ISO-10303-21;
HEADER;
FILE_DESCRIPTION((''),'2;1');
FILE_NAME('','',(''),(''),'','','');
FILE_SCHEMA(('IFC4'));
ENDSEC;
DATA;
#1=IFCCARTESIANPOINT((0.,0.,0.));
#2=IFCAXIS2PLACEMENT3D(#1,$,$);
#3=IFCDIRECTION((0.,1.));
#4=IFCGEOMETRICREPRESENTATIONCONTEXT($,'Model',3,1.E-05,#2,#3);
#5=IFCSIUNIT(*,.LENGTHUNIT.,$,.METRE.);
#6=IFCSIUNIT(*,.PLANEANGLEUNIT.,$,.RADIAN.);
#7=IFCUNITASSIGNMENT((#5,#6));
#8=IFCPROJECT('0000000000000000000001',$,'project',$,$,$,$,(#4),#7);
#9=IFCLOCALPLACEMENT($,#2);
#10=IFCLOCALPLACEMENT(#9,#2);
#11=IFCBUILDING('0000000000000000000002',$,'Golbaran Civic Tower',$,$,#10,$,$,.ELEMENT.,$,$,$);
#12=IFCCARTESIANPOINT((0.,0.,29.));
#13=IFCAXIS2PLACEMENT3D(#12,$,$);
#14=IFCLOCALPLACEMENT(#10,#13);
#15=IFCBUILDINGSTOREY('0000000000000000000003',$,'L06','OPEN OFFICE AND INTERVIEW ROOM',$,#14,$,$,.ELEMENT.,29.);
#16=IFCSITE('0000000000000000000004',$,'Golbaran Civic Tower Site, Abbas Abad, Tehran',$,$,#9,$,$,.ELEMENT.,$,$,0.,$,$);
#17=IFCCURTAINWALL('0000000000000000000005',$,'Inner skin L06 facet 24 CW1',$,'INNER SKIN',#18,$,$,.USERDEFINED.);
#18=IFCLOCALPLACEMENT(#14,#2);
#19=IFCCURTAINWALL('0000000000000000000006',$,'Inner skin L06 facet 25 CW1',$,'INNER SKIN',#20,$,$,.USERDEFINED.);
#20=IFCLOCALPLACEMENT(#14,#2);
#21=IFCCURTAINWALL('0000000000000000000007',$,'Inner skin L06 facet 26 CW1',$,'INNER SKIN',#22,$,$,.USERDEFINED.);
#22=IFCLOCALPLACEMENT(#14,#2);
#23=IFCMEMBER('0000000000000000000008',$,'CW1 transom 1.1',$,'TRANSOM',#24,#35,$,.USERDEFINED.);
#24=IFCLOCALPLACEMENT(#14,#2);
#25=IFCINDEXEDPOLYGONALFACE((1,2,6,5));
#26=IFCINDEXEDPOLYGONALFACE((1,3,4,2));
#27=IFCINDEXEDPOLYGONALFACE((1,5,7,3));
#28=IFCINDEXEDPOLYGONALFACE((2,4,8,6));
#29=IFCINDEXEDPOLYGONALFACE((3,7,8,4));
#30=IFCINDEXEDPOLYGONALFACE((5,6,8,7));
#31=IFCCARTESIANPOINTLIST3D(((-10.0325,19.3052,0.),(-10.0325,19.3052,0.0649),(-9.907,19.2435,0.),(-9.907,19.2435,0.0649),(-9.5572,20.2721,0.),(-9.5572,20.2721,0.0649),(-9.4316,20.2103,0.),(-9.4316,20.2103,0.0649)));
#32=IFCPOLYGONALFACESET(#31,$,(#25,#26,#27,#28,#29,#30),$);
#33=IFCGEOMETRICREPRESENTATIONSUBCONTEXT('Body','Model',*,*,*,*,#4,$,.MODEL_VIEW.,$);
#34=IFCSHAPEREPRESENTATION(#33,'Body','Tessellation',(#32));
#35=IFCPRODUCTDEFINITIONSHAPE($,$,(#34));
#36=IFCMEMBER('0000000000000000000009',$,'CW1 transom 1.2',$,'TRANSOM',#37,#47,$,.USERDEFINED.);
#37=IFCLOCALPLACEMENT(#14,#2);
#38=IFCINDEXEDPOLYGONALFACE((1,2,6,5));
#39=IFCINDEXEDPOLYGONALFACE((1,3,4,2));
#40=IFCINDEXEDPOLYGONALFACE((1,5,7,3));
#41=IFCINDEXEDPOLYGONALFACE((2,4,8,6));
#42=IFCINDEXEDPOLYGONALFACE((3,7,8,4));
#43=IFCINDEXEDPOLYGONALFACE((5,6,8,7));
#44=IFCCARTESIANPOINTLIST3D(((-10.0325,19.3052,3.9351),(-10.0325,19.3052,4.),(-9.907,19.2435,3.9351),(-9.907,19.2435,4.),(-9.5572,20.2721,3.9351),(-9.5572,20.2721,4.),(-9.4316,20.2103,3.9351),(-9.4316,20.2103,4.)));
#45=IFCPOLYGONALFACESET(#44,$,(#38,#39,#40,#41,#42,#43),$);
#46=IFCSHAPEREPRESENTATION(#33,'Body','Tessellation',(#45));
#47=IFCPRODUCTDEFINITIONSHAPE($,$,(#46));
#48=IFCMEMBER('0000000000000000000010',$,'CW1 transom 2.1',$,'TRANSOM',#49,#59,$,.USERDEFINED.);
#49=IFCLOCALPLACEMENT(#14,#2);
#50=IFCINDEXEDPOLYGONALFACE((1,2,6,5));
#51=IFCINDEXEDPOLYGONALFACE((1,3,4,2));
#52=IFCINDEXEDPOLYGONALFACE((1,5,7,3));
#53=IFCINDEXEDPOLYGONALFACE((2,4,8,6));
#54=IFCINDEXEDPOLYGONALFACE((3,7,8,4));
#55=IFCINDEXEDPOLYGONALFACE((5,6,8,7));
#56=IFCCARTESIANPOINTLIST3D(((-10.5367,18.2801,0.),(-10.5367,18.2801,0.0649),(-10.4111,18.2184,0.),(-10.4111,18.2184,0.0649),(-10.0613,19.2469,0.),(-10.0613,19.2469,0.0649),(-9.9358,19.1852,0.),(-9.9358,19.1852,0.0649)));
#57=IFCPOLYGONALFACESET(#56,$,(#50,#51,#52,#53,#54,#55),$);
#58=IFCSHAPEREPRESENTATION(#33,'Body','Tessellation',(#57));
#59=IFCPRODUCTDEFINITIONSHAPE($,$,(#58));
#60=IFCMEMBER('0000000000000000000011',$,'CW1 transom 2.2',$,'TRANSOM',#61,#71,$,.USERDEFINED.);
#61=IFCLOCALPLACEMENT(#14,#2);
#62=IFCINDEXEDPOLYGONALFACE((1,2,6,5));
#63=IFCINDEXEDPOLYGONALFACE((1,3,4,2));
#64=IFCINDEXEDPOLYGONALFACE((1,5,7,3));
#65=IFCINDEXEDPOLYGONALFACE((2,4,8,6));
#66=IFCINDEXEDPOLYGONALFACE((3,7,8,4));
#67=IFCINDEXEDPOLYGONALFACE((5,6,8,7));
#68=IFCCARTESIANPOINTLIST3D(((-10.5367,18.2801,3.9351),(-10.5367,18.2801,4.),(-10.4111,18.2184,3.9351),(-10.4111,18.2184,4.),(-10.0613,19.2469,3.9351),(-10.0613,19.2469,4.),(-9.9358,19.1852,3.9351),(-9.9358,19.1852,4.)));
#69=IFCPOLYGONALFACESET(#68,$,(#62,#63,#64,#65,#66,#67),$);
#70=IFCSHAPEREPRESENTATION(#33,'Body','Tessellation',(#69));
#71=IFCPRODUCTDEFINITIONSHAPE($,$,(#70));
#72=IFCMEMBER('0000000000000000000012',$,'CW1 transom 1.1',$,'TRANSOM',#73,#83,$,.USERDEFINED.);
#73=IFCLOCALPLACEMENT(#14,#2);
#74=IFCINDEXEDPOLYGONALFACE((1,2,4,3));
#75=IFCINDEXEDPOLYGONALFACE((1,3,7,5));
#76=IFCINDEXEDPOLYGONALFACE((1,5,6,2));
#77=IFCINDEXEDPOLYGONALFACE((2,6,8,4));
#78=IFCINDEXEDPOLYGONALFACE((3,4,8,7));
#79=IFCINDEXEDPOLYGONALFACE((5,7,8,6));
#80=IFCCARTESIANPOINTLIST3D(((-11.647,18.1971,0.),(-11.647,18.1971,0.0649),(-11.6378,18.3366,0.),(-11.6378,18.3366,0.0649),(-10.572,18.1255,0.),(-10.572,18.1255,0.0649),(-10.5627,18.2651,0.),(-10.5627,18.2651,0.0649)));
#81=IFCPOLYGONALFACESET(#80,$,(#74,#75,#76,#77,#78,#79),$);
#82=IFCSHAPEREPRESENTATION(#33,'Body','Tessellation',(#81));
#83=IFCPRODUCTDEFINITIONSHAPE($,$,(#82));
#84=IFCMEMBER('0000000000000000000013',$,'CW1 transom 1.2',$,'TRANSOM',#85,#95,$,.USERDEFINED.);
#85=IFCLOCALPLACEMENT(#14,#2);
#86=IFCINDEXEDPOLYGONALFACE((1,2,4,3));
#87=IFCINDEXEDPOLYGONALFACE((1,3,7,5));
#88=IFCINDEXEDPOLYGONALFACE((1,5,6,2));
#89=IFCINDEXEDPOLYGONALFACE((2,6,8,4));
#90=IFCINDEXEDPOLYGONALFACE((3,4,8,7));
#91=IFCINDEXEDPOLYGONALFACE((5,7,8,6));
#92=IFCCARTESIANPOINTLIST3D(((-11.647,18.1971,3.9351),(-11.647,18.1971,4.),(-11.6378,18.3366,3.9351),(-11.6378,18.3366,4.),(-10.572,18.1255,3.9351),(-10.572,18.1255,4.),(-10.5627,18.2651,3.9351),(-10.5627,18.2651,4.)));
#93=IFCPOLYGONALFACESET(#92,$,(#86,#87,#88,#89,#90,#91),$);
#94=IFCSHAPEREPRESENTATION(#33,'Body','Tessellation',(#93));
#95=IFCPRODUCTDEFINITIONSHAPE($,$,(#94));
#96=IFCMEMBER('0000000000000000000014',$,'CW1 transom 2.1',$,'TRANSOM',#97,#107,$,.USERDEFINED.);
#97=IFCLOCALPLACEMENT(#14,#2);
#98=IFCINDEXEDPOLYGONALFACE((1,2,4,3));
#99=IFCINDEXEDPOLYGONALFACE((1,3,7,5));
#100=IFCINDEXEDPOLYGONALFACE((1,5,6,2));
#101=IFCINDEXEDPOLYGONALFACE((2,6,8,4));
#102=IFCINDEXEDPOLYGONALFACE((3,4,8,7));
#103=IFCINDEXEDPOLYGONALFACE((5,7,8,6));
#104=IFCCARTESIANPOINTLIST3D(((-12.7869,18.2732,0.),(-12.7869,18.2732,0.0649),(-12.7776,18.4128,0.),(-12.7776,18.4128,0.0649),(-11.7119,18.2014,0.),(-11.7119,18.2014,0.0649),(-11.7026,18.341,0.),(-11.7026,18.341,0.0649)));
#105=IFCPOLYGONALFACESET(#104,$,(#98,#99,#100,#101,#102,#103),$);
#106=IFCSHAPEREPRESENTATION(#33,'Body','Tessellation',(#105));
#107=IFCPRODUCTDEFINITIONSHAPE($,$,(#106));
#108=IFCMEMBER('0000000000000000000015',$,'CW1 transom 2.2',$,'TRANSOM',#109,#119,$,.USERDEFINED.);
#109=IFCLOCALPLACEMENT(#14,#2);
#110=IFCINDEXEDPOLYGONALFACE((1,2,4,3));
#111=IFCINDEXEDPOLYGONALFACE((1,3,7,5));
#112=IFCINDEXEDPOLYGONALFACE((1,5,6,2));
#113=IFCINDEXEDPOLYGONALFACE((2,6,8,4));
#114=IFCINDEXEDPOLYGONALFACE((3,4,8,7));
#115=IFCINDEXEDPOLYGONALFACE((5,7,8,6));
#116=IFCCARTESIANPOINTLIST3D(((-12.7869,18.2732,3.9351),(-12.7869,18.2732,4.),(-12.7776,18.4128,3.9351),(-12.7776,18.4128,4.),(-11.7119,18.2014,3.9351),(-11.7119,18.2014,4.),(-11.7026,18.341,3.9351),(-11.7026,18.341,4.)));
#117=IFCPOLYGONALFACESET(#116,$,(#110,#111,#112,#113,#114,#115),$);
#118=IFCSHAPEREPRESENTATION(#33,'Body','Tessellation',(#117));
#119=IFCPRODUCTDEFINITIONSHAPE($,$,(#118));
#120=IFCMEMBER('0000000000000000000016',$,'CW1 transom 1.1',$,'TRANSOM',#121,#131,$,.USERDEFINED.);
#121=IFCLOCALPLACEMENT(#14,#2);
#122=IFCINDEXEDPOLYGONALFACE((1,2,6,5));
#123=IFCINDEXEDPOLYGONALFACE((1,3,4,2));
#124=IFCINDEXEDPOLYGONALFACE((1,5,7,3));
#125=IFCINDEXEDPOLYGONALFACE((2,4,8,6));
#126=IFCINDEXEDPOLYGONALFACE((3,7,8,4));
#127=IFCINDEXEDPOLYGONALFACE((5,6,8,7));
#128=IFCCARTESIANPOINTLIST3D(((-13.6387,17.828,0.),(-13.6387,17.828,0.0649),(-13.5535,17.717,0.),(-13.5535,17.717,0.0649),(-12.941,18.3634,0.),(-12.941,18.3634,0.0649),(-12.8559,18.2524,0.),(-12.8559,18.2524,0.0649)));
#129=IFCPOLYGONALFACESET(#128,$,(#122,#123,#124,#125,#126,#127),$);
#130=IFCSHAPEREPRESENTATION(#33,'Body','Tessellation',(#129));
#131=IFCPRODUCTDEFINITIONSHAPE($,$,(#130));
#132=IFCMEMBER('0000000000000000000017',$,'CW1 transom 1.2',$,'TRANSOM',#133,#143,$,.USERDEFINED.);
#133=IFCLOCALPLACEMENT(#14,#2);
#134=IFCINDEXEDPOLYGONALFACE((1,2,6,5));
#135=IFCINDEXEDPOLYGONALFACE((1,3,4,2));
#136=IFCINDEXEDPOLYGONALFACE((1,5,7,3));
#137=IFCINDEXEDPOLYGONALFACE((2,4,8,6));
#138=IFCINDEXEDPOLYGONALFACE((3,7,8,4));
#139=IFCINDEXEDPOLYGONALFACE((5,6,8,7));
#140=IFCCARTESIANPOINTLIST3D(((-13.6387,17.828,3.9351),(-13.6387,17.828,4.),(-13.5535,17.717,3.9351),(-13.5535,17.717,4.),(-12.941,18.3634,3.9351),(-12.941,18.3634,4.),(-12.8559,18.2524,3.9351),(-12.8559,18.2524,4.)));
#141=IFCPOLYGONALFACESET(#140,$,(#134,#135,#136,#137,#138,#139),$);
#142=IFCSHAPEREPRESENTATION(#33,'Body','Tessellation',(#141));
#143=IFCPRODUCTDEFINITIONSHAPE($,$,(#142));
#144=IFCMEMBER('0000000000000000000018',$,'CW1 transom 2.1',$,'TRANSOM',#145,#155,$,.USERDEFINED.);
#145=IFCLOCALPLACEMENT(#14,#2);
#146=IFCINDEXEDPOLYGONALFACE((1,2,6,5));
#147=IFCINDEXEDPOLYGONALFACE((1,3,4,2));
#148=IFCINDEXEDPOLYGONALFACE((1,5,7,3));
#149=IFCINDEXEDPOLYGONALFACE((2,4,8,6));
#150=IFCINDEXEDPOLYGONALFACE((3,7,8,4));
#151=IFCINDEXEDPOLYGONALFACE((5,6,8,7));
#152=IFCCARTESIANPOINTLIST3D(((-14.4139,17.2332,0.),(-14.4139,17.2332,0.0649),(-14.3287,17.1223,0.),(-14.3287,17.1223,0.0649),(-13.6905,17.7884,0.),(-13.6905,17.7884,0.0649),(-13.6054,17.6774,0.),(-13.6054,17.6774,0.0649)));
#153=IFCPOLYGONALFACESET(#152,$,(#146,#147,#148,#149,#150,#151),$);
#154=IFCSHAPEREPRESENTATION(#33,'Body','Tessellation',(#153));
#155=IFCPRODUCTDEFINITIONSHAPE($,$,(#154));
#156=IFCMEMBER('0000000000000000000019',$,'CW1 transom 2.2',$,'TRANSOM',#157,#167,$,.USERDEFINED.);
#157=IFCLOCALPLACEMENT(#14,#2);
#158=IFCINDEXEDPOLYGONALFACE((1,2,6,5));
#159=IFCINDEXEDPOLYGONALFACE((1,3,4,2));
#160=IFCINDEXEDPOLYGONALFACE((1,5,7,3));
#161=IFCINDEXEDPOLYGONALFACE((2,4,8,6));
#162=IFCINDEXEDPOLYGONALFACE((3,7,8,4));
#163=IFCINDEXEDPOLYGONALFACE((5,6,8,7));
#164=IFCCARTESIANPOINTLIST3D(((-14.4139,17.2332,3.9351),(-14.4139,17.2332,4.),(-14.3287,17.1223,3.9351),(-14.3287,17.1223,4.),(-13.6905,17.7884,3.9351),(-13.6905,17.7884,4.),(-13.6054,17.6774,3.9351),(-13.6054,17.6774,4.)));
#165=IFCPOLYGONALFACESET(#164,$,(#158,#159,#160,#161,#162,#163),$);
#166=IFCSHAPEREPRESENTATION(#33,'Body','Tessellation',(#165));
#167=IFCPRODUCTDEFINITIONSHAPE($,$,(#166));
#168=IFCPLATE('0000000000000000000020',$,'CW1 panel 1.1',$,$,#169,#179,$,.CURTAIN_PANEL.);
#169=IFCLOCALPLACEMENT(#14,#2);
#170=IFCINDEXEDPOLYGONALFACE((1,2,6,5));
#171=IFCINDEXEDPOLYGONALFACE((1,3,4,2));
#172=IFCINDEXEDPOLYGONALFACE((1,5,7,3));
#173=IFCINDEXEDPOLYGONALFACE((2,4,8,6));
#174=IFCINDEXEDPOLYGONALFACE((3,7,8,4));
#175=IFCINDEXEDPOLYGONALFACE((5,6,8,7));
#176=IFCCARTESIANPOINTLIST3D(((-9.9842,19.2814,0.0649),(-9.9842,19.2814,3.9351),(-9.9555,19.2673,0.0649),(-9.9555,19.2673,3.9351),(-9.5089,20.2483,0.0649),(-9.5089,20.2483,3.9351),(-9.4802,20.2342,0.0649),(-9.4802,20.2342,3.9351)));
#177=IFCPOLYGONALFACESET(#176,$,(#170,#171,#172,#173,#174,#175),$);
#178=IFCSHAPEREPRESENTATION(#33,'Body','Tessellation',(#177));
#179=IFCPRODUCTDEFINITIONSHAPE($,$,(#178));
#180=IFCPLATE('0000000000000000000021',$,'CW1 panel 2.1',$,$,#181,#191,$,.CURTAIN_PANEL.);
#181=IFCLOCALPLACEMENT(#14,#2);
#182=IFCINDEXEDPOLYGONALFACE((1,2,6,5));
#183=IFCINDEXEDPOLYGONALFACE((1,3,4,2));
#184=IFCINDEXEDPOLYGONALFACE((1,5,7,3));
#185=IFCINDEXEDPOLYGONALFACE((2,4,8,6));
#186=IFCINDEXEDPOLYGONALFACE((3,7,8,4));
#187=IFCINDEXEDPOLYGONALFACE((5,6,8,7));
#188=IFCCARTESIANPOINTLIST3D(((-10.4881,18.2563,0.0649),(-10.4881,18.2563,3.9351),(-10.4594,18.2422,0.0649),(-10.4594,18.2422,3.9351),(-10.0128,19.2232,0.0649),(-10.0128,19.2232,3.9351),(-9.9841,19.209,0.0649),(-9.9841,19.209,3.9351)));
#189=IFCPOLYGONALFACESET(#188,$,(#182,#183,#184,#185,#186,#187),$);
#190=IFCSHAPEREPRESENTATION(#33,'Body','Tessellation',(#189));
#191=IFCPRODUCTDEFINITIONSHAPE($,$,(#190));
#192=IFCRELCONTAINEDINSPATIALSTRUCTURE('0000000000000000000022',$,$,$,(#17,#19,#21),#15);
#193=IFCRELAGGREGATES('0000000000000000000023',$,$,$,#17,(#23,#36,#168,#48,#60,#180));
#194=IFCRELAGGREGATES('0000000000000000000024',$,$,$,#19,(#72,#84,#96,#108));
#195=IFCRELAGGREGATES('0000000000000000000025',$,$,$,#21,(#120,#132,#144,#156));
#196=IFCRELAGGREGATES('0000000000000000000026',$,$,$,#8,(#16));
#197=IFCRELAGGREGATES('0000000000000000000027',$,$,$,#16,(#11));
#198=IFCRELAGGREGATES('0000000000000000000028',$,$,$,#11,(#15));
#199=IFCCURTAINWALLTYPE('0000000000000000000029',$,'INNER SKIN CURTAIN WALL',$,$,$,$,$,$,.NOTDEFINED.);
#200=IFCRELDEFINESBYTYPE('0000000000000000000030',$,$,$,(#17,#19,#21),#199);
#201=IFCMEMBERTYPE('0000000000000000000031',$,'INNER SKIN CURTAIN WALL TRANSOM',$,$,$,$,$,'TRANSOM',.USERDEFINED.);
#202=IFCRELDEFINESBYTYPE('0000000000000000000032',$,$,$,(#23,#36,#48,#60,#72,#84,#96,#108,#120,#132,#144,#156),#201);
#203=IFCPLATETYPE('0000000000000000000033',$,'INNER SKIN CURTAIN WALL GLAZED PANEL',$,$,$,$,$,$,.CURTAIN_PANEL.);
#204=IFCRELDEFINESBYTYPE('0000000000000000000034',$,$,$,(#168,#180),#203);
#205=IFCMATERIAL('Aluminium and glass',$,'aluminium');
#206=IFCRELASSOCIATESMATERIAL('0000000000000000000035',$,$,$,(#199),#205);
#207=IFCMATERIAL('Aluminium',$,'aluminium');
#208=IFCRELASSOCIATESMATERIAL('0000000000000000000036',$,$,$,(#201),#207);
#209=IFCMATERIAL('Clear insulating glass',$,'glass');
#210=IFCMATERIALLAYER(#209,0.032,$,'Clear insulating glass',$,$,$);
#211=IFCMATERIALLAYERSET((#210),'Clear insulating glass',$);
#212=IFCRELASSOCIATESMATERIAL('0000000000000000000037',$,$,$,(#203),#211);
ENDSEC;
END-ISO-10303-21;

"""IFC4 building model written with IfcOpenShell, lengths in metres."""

from ifc_helpers import new_model, si_unit, direction, frame, origin, origin_2d, place, context, subcontext, project, spatial, rectangle, extrude, material, layer, layer_set, material_profile, profile_set, type_object, element, aggregate, save


model = new_model("IFC4")

# Units and contexts
model_context = context("Model", 3, precision=1e-05, world=origin(), true_north=direction((0.0, 1.0)))
body_context = subcontext(model_context, "Body", "Model", "MODEL_VIEW")
ifc_project = project(units=[si_unit("LENGTHUNIT", "METRE"), si_unit("PLANEANGLEUNIT", "RADIAN")], contexts=[model_context])

# Site, building, storey
site_placement = place(None, origin())
site = spatial("IfcSite", under=ifc_project, at=site_placement, Name="Golbaran Civic Tower Site, Abbas Abad, Tehran", CompositionType="ELEMENT", RefElevation=0.0)
building_placement = place(site_placement, origin())
building = spatial("IfcBuilding", under=site, at=building_placement, Name="Golbaran Civic Tower", CompositionType="ELEMENT")
storey_placement = place(building_placement, frame((0.0, 0.0, 29.0)))
storey = spatial("IfcBuildingStorey", under=building, at=storey_placement, Name="L06", Description="OPEN OFFICE AND INTERVIEW ROOM", CompositionType="ELEMENT", Elevation=29.0)

# Curtain walls
ifc_material_1 = material(Name="Aluminium and glass", Category="aluminium")
curtain_wall_type = type_object("IfcCurtainWallType", Name="INNER SKIN CURTAIN WALL", PredefinedType="NOTDEFINED", material=ifc_material_1)
curtain_wall_1_placement = place(storey_placement, origin())
curtain_wall_1 = element("IfcCurtainWall", 1, at=curtain_wall_1_placement, inside=storey, type_object=curtain_wall_type, Name="Inner skin L06 facet 24 CW1", ObjectType="INNER SKIN", PredefinedType="USERDEFINED")
ifc_material_2 = material(Name="Aluminium", Category="aluminium")
curtain_wall_2_placement = place(storey_placement, origin())
curtain_wall_2 = element("IfcCurtainWall", 2, at=curtain_wall_2_placement, inside=storey, type_object=curtain_wall_type, Name="Inner skin L06 facet 25 CW1", ObjectType="INNER SKIN", PredefinedType="USERDEFINED")
curtain_wall_3_placement = place(storey_placement, origin())
curtain_wall_3 = element("IfcCurtainWall", 3, at=curtain_wall_3_placement, inside=storey, type_object=curtain_wall_type, Name="Inner skin L06 facet 26 CW1", ObjectType="INNER SKIN", PredefinedType="USERDEFINED")

# Members
ifc_material_profile_1 = material_profile(ifc_material_2, rectangle(XDim=0.1399, YDim=0.0649, at=origin_2d()), Name="INNER SKIN CURTAIN WALL TRANSOM")
ifc_profile_set_1 = profile_set([ifc_material_profile_1], Name="Aluminium")
member_type_1 = type_object("IfcMemberType", Name="INNER SKIN CURTAIN WALL TRANSOM", ElementType="TRANSOM", PredefinedType="USERDEFINED", material=ifc_profile_set_1)
member_1_placement = place(storey_placement, frame((-9.4944, 20.2412, 0.0325), z_axis=(-0.441221, -0.897399, 0.0), x_axis=(0.897399, -0.441221, 0.0)))
member_1 = element("IfcMember", 4, at=member_1_placement, type_object=member_type_1, Name="CW1 transom 1.1", ObjectType="TRANSOM", PredefinedType="USERDEFINED", context=body_context, shape_type="SweptSolid", body=[
    extrude(rectangle(XDim=0.1399, YDim=0.0649, at=origin_2d()), origin(), (0.0, 0.0, 1.0), 1.0774),
])
member_2_placement = place(storey_placement, frame((-9.4944, 20.2412, 3.9675), z_axis=(-0.441221, -0.897399, 0.0), x_axis=(0.897399, -0.441221, 0.0)))
member_2 = element("IfcMember", 5, at=member_2_placement, type_object=member_type_1, Name="CW1 transom 1.2", ObjectType="TRANSOM", PredefinedType="USERDEFINED", context=body_context, shape_type="SweptSolid", body=[
    extrude(rectangle(XDim=0.1399, YDim=0.0649, at=origin_2d()), origin(), (0.0, 0.0, 1.0), 1.0774),
])
member_3_placement = place(storey_placement, frame((-9.9985, 19.2161, 0.0325), z_axis=(-0.441221, -0.897399, 0.0), x_axis=(0.897399, -0.441221, 0.0)))
member_3 = element("IfcMember", 6, at=member_3_placement, type_object=member_type_1, Name="CW1 transom 2.1", ObjectType="TRANSOM", PredefinedType="USERDEFINED", context=body_context, shape_type="SweptSolid", body=[
    extrude(rectangle(XDim=0.1399, YDim=0.0649, at=origin_2d()), origin(), (0.0, 0.0, 1.0), 1.0774),
])
member_4_placement = place(storey_placement, frame((-9.9985, 19.2161, 3.9675), z_axis=(-0.441221, -0.897399, 0.0), x_axis=(0.897399, -0.441221, 0.0)))
member_4 = element("IfcMember", 7, at=member_4_placement, type_object=member_type_1, Name="CW1 transom 2.2", ObjectType="TRANSOM", PredefinedType="USERDEFINED", context=body_context, shape_type="SweptSolid", body=[
    extrude(rectangle(XDim=0.1399, YDim=0.0649, at=origin_2d()), origin(), (0.0, 0.0, 1.0), 1.0774),
])
member_5_placement = place(storey_placement, frame((-10.5674, 18.1953, 0.0325), z_axis=(-0.997793, 0.066399, 0.0), x_axis=(-0.066399, -0.997793, 0.0)))
member_5 = element("IfcMember", 8, at=member_5_placement, type_object=member_type_1, Name="CW1 transom 1.1", ObjectType="TRANSOM", PredefinedType="USERDEFINED", context=body_context, shape_type="SweptSolid", body=[
    extrude(rectangle(XDim=0.1399, YDim=0.0649, at=origin_2d()), origin(), (0.0, 0.0, 1.0), 1.0774),
])
member_6_placement = place(storey_placement, frame((-10.5674, 18.1953, 3.9675), z_axis=(-0.997793, 0.066399, 0.0), x_axis=(-0.066399, -0.997793, 0.0)))
member_6 = element("IfcMember", 9, at=member_6_placement, type_object=member_type_1, Name="CW1 transom 1.2", ObjectType="TRANSOM", PredefinedType="USERDEFINED", context=body_context, shape_type="SweptSolid", body=[
    extrude(rectangle(XDim=0.1399, YDim=0.0649, at=origin_2d()), origin(), (0.0, 0.0, 1.0), 1.0774),
])
member_7_placement = place(storey_placement, frame((-11.7073, 18.2712, 0.0325), z_axis=(-0.997778, 0.066624, 0.0), x_axis=(-0.066624, -0.997778, 0.0)))
member_7 = element("IfcMember", 10, at=member_7_placement, type_object=member_type_1, Name="CW1 transom 2.1", ObjectType="TRANSOM", PredefinedType="USERDEFINED", context=body_context, shape_type="SweptSolid", body=[
    extrude(rectangle(XDim=0.1399, YDim=0.0649, at=origin_2d()), origin(), (0.0, 0.0, 1.0), 1.0774),
])
member_8_placement = place(storey_placement, frame((-11.7073, 18.2712, 3.9675), z_axis=(-0.997778, 0.066624, 0.0), x_axis=(-0.066624, -0.997778, 0.0)))
member_8 = element("IfcMember", 11, at=member_8_placement, type_object=member_type_1, Name="CW1 transom 2.2", ObjectType="TRANSOM", PredefinedType="USERDEFINED", context=body_context, shape_type="SweptSolid", body=[
    extrude(rectangle(XDim=0.1399, YDim=0.0649, at=origin_2d()), origin(), (0.0, 0.0, 1.0), 1.0774),
])
member_9_placement = place(storey_placement, frame((-12.8984, 18.3079, 0.0325), z_axis=(-0.793356, -0.608758, 0.0), x_axis=(0.608758, -0.793356, 0.0)))
member_9 = element("IfcMember", 12, at=member_9_placement, type_object=member_type_1, Name="CW1 transom 1.1", ObjectType="TRANSOM", PredefinedType="USERDEFINED", context=body_context, shape_type="SweptSolid", body=[
    extrude(rectangle(XDim=0.1399, YDim=0.0649, at=origin_2d()), origin(), (0.0, 0.0, 1.0), 0.8794),
])
member_10_placement = place(storey_placement, frame((-12.8984, 18.3079, 3.9675), z_axis=(-0.793356, -0.608758, 0.0), x_axis=(0.608758, -0.793356, 0.0)))
member_10 = element("IfcMember", 13, at=member_10_placement, type_object=member_type_1, Name="CW1 transom 1.2", ObjectType="TRANSOM", PredefinedType="USERDEFINED", context=body_context, shape_type="SweptSolid", body=[
    extrude(rectangle(XDim=0.1399, YDim=0.0649, at=origin_2d()), origin(), (0.0, 0.0, 1.0), 0.8794),
])
member_11_placement = place(storey_placement, frame((-13.6479, 17.7329, 0.0325), z_axis=(-0.7933, -0.608831, 0.0), x_axis=(0.608831, -0.7933, 0.0)))
member_11 = element("IfcMember", 14, at=member_11_placement, type_object=member_type_1, Name="CW1 transom 2.1", ObjectType="TRANSOM", PredefinedType="USERDEFINED", context=body_context, shape_type="SweptSolid", body=[
    extrude(rectangle(XDim=0.1399, YDim=0.0649, at=origin_2d()), origin(), (0.0, 0.0, 1.0), 0.9119),
])
member_12_placement = place(storey_placement, frame((-13.6479, 17.7329, 3.9675), z_axis=(-0.7933, -0.608831, 0.0), x_axis=(0.608831, -0.7933, 0.0)))
member_12 = element("IfcMember", 15, at=member_12_placement, type_object=member_type_1, Name="CW1 transom 2.2", ObjectType="TRANSOM", PredefinedType="USERDEFINED", context=body_context, shape_type="SweptSolid", body=[
    extrude(rectangle(XDim=0.1399, YDim=0.0649, at=origin_2d()), origin(), (0.0, 0.0, 1.0), 0.9119),
])

# Plates
ifc_material_3 = material(Name="Clear insulating glass", Category="glass")
ifc_layer_1 = layer(ifc_material_3, 0.032, Name="Clear insulating glass")
ifc_layer_set_1 = layer_set([ifc_layer_1], Name="Clear insulating glass")
plate_type_1 = type_object("IfcPlateType", Name="INNER SKIN CURTAIN WALL GLAZED PANEL", PredefinedType="CURTAIN_PANEL", material=ifc_layer_set_1)
plate_1_placement = place(storey_placement, frame((-9.7322, 19.7578, 0.0649), z_axis=(0.0, 0.0, 1.0), x_axis=(-0.441207, -0.897405, 0.0)))
plate_1 = element("IfcPlate", 16, at=plate_1_placement, type_object=plate_type_1, Name="CW1 panel 1.1", PredefinedType="CURTAIN_PANEL", context=body_context, shape_type="SweptSolid", body=[
    extrude(rectangle(XDim=1.0774, YDim=0.032, at=origin_2d()), origin(), (0.0, 0.0, 1.0), 3.8701),
])
plate_2_placement = place(storey_placement, frame((-10.2361, 18.7327, 0.0649), z_axis=(0.0, 0.0, 1.0), x_axis=(-0.441207, -0.897405, 0.0)))
plate_2 = element("IfcPlate", 17, at=plate_2_placement, type_object=plate_type_1, Name="CW1 panel 2.1", PredefinedType="CURTAIN_PANEL", context=body_context, shape_type="SweptSolid", body=[
    extrude(rectangle(XDim=1.0774, YDim=0.032, at=origin_2d()), origin(), (0.0, 0.0, 1.0), 3.8701),
])
aggregate(curtain_wall_1, [member_1, member_2, plate_1, member_3, member_4, plate_2])
aggregate(curtain_wall_2, [member_5, member_6, member_7, member_8])
aggregate(curtain_wall_3, [member_9, member_10, member_11, member_12])

save(model, "model.ifc")
